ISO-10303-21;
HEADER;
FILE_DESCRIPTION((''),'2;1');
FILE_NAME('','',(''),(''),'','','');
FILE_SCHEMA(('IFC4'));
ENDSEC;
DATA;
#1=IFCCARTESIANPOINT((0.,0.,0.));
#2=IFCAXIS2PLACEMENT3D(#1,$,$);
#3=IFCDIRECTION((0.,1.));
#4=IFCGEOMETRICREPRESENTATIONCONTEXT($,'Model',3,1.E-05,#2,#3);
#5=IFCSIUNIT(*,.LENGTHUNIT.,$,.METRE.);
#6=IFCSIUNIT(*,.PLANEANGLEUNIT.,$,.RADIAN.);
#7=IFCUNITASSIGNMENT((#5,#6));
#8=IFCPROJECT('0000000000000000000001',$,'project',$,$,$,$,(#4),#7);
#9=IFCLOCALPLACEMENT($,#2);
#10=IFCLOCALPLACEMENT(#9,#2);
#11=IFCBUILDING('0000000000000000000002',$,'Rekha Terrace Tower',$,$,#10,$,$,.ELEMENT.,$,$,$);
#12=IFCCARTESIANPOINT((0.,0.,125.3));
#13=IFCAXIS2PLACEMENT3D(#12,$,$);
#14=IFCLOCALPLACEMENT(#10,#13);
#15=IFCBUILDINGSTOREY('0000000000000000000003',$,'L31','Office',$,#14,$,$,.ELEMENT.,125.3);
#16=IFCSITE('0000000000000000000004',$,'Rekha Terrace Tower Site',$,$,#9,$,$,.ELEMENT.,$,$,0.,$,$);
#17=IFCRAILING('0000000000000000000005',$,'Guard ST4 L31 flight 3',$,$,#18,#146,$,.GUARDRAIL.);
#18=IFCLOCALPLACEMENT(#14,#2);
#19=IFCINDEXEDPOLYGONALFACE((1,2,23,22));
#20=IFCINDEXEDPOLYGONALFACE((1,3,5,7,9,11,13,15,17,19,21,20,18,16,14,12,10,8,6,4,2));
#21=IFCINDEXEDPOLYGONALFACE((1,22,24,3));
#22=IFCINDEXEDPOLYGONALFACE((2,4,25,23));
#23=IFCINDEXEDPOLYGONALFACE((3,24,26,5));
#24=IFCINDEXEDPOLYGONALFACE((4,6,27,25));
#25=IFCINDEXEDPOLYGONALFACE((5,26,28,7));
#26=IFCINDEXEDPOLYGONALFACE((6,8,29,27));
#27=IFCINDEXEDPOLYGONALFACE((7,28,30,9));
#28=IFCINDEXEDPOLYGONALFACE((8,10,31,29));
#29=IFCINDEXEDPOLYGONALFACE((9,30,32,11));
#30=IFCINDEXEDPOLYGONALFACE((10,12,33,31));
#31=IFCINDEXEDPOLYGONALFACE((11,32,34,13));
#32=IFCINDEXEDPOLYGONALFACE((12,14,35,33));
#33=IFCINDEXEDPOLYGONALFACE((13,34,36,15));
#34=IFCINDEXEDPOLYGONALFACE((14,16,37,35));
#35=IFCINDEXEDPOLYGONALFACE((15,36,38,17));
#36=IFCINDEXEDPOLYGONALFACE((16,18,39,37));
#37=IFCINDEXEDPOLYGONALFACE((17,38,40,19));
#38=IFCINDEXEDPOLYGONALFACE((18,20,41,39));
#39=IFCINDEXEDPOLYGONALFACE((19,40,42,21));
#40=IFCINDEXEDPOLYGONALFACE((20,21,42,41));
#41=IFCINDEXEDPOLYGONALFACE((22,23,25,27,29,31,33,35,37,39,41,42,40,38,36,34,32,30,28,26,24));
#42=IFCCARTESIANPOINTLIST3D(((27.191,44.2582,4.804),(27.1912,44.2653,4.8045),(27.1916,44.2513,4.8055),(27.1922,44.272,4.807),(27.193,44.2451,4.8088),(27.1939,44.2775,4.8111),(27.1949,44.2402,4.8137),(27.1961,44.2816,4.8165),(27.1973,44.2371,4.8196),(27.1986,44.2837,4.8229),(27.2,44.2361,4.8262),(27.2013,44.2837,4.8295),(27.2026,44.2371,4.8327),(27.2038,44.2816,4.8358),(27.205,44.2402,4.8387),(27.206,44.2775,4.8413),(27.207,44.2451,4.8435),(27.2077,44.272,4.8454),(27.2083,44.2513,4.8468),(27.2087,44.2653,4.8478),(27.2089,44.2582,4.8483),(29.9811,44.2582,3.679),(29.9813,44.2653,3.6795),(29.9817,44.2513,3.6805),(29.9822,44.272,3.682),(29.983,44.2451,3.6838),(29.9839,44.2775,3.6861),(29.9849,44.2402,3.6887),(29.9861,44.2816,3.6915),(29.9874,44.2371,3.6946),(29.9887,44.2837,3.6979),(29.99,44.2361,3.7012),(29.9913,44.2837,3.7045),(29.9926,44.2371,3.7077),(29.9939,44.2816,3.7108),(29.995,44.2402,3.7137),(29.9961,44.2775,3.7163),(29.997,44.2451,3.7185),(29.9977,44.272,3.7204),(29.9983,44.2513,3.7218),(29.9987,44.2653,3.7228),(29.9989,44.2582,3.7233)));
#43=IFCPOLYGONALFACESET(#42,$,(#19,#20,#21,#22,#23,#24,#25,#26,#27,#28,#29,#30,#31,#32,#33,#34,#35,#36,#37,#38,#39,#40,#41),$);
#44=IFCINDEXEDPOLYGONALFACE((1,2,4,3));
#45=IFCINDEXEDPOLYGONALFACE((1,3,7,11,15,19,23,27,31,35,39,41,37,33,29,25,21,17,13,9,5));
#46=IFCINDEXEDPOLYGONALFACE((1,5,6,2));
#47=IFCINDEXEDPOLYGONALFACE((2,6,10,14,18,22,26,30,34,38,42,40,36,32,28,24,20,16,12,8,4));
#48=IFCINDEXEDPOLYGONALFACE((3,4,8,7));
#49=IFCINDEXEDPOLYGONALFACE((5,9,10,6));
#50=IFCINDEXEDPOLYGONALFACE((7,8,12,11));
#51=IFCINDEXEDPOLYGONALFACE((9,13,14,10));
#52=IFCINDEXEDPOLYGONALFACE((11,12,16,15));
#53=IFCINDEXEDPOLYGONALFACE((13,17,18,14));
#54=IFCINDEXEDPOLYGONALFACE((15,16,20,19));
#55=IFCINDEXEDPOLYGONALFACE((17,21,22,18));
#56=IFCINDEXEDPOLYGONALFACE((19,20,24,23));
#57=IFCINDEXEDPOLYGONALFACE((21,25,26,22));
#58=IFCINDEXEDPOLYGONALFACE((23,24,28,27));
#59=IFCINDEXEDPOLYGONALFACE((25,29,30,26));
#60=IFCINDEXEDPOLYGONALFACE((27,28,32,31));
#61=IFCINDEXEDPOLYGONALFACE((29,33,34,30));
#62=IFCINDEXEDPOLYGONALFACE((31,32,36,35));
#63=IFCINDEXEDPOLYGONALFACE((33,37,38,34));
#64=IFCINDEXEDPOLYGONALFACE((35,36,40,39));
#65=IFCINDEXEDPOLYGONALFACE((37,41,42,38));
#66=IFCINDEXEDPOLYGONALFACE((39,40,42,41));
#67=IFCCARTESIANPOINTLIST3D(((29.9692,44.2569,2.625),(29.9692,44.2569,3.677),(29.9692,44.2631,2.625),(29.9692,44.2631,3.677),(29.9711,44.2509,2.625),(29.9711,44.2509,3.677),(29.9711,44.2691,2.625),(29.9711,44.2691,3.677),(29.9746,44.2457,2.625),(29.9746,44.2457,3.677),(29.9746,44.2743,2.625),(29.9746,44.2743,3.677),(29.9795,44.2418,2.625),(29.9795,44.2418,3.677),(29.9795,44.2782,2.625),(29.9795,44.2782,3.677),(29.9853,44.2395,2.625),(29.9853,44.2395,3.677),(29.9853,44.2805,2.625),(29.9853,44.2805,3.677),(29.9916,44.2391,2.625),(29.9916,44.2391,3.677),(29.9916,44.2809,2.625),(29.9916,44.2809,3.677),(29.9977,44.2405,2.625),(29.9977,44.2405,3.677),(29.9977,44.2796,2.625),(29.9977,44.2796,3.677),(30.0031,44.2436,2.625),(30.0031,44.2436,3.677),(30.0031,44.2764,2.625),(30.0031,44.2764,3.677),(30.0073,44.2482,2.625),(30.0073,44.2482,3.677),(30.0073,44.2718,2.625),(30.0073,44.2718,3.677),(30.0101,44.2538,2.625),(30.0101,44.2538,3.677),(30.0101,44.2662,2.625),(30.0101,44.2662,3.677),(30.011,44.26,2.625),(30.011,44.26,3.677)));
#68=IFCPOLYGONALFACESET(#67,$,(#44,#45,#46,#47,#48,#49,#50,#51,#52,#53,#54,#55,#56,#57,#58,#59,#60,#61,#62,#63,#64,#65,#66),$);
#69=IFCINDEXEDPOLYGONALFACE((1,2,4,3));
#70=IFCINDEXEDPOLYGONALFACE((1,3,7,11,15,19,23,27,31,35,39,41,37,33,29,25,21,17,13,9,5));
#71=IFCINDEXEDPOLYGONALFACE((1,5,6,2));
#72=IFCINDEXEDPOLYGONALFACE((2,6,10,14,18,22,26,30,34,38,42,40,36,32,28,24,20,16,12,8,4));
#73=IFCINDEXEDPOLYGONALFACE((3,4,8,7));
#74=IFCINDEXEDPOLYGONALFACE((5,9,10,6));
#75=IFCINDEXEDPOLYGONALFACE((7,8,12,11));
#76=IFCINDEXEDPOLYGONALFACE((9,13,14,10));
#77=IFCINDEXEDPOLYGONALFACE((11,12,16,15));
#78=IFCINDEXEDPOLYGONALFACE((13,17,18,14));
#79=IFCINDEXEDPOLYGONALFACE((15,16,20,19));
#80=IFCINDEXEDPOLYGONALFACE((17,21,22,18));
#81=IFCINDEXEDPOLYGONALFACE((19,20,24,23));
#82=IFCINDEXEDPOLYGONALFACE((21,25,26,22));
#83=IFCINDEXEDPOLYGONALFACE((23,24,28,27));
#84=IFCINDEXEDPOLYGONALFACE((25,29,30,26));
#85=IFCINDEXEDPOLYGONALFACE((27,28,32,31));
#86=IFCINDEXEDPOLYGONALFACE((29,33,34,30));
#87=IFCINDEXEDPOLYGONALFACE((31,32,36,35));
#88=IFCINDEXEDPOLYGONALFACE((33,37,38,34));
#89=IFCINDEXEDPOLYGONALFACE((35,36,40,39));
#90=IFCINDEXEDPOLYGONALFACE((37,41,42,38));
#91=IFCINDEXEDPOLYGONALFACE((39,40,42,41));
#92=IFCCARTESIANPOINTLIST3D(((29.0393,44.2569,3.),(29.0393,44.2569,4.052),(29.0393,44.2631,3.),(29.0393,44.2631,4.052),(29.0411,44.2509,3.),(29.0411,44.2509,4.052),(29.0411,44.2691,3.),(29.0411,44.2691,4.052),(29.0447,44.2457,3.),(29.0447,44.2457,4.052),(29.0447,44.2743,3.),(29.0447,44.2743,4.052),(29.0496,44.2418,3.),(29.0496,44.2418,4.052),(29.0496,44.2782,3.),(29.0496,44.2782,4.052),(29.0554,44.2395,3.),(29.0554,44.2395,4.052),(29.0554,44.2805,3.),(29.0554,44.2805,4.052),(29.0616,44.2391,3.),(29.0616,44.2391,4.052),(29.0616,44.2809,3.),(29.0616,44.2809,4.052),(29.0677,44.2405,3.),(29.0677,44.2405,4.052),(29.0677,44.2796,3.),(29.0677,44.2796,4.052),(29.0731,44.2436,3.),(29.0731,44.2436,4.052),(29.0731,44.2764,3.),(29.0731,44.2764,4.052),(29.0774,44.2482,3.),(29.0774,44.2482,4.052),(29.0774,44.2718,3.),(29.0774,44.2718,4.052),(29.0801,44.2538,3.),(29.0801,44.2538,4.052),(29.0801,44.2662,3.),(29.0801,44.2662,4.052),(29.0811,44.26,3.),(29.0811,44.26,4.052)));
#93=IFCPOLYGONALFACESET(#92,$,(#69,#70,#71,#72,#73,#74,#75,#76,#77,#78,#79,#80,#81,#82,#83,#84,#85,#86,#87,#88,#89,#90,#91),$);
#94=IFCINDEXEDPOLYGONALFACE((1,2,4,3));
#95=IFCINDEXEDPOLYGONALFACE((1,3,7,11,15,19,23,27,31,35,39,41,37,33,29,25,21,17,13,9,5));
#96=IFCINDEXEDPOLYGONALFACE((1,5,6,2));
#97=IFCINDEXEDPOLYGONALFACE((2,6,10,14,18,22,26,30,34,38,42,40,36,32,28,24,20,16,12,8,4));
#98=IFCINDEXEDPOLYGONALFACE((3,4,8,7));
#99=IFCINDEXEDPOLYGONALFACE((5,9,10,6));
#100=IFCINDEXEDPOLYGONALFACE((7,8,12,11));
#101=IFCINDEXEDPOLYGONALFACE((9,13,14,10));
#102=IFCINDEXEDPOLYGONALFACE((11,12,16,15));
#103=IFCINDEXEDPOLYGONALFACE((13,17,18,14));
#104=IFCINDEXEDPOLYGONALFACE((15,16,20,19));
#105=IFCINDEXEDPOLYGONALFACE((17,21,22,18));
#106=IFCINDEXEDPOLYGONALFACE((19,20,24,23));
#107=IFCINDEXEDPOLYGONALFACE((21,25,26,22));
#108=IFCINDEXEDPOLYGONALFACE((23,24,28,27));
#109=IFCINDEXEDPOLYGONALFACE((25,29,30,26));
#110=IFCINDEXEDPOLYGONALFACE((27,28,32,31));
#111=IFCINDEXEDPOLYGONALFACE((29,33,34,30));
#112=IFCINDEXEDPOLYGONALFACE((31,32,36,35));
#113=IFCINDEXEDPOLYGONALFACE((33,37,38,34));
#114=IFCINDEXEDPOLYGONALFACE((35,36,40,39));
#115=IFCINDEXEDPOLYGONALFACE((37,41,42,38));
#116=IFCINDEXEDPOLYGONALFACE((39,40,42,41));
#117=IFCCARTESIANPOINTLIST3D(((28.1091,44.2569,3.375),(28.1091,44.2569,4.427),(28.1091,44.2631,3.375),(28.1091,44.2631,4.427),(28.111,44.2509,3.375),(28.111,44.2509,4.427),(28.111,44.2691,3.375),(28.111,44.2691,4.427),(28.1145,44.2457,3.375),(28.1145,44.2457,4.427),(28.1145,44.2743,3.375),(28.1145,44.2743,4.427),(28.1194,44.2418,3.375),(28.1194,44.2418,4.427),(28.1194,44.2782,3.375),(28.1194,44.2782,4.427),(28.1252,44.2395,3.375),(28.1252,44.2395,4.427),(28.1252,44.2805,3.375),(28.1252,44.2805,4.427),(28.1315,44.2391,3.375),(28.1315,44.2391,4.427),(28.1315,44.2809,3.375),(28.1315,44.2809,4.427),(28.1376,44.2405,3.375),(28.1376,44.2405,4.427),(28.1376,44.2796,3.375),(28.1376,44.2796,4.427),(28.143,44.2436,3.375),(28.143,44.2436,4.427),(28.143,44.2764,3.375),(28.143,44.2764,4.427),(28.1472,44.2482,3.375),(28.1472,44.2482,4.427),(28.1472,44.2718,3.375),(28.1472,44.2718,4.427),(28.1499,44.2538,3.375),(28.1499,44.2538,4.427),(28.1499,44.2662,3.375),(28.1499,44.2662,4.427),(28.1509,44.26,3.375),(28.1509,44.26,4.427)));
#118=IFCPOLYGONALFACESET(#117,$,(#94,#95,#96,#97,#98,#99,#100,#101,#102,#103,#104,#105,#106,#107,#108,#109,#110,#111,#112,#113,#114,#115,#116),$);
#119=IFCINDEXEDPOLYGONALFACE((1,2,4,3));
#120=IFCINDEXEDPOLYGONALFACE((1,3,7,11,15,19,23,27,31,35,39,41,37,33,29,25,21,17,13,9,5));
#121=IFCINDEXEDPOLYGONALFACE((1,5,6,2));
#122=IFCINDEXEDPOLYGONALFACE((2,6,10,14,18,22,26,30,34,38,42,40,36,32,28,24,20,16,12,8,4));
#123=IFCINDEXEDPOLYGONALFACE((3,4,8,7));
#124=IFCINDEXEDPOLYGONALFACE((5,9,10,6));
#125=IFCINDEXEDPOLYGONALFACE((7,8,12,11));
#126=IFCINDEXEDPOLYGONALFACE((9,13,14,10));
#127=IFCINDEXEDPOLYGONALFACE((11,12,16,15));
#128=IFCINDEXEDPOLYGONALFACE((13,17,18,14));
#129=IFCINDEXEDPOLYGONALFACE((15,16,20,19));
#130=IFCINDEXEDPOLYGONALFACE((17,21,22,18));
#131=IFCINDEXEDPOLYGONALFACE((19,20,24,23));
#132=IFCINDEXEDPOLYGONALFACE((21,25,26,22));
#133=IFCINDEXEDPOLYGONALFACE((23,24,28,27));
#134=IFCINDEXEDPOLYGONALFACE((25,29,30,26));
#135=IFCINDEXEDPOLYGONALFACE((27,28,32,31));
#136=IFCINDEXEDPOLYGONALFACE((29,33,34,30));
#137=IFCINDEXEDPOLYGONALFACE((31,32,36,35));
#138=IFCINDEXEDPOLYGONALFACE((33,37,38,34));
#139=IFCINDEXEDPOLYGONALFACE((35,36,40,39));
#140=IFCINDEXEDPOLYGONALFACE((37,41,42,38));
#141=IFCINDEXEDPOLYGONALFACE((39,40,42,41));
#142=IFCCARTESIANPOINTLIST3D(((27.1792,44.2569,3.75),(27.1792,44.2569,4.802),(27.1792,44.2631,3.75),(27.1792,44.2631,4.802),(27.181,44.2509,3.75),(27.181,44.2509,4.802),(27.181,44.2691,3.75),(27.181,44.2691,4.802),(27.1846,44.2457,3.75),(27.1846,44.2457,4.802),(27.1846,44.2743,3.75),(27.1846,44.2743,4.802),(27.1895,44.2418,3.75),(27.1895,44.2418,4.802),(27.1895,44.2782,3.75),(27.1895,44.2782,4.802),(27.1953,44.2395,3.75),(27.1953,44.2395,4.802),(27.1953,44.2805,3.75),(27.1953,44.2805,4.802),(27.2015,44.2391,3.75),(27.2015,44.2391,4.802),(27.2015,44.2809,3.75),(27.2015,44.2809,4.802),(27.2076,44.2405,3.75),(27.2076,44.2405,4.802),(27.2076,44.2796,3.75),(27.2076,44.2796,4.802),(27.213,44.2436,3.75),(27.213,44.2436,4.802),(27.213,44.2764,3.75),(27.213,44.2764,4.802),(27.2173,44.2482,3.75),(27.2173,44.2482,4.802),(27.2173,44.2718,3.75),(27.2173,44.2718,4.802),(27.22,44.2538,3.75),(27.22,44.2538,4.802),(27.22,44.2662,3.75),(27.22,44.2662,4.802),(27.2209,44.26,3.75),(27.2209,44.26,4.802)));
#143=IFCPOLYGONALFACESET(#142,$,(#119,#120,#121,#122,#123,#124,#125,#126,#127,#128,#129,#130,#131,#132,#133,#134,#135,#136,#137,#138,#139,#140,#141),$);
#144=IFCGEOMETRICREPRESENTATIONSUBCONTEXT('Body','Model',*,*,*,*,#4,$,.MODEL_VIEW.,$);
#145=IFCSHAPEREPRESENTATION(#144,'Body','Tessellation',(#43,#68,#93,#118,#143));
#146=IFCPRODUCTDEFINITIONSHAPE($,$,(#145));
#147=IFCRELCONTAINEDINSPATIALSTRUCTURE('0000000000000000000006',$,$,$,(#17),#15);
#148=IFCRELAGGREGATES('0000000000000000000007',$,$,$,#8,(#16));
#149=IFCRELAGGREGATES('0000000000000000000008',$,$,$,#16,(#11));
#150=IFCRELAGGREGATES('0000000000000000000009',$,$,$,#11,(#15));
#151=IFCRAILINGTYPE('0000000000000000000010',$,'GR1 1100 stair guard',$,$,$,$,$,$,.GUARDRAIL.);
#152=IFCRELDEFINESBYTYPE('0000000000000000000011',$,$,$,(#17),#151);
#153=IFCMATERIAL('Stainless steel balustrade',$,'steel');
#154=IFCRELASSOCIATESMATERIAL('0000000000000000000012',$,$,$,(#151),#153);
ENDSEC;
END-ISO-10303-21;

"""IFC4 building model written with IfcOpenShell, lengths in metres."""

from ifc_helpers import new_model, si_unit, direction, frame, origin, origin_2d, place, context, subcontext, project, spatial, circle, extrude, material, type_object, element, save


model = new_model("IFC4")

# Units and contexts
model_context = context("Model", 3, precision=1e-05, world=origin(), true_north=direction((0.0, 1.0)))
body_context = subcontext(model_context, "Body", "Model", "MODEL_VIEW")
ifc_project = project(units=[si_unit("LENGTHUNIT", "METRE"), si_unit("PLANEANGLEUNIT", "RADIAN")], contexts=[model_context])

# Site, building, storey
site_placement = place(None, origin())
site = spatial("IfcSite", under=ifc_project, at=site_placement, Name="Rekha Terrace Tower Site", CompositionType="ELEMENT", RefElevation=0.0)
building_placement = place(site_placement, origin())
building = spatial("IfcBuilding", under=site, at=building_placement, Name="Rekha Terrace Tower", CompositionType="ELEMENT")
storey_placement = place(building_placement, frame((0.0, 0.0, 125.3)))
storey = spatial("IfcBuildingStorey", under=building, at=storey_placement, Name="L31", Description="Office", CompositionType="ELEMENT", Elevation=125.3)

# Railing
ifc_material_1 = material(Name="Stainless steel balustrade", Category="steel")
railing_type_1 = type_object("IfcRailingType", Name="GR1 1100 stair guard", PredefinedType="GUARDRAIL", material=ifc_material_1)
railing_1_placement = place(storey_placement, frame((29.99, 44.26, 2.625)))
element("IfcRailing", 1, at=railing_1_placement, inside=storey, type_object=railing_type_1, Name="Guard ST4 L31 flight 3", PredefinedType="GUARDRAIL", context=body_context, shape_type="SweptSolid", body=[
    extrude(circle(Radius=0.0239, at=origin_2d()), frame((0.0, 0.0, 1.0762), z_axis=(-0.927443, 0.0, 0.373964), x_axis=(0.0, -1.0, 0.0)), (0.0, 0.0, 1.0), 3.0083),
    extrude(circle(Radius=0.021, at=origin_2d()), origin(), (0.0, 0.0, 1.0), 1.052),
    extrude(circle(Radius=0.021, at=origin_2d()), frame((-0.9299, 0.0, 0.375)), (0.0, 0.0, 1.0), 1.052),
    extrude(circle(Radius=0.021, at=origin_2d()), frame((-1.8601, 0.0, 0.75)), (0.0, 0.0, 1.0), 1.052),
    extrude(circle(Radius=0.021, at=origin_2d()), frame((-2.79, 0.0, 1.125)), (0.0, 0.0, 1.0), 1.052),
])

save(model, "model.ifc")
